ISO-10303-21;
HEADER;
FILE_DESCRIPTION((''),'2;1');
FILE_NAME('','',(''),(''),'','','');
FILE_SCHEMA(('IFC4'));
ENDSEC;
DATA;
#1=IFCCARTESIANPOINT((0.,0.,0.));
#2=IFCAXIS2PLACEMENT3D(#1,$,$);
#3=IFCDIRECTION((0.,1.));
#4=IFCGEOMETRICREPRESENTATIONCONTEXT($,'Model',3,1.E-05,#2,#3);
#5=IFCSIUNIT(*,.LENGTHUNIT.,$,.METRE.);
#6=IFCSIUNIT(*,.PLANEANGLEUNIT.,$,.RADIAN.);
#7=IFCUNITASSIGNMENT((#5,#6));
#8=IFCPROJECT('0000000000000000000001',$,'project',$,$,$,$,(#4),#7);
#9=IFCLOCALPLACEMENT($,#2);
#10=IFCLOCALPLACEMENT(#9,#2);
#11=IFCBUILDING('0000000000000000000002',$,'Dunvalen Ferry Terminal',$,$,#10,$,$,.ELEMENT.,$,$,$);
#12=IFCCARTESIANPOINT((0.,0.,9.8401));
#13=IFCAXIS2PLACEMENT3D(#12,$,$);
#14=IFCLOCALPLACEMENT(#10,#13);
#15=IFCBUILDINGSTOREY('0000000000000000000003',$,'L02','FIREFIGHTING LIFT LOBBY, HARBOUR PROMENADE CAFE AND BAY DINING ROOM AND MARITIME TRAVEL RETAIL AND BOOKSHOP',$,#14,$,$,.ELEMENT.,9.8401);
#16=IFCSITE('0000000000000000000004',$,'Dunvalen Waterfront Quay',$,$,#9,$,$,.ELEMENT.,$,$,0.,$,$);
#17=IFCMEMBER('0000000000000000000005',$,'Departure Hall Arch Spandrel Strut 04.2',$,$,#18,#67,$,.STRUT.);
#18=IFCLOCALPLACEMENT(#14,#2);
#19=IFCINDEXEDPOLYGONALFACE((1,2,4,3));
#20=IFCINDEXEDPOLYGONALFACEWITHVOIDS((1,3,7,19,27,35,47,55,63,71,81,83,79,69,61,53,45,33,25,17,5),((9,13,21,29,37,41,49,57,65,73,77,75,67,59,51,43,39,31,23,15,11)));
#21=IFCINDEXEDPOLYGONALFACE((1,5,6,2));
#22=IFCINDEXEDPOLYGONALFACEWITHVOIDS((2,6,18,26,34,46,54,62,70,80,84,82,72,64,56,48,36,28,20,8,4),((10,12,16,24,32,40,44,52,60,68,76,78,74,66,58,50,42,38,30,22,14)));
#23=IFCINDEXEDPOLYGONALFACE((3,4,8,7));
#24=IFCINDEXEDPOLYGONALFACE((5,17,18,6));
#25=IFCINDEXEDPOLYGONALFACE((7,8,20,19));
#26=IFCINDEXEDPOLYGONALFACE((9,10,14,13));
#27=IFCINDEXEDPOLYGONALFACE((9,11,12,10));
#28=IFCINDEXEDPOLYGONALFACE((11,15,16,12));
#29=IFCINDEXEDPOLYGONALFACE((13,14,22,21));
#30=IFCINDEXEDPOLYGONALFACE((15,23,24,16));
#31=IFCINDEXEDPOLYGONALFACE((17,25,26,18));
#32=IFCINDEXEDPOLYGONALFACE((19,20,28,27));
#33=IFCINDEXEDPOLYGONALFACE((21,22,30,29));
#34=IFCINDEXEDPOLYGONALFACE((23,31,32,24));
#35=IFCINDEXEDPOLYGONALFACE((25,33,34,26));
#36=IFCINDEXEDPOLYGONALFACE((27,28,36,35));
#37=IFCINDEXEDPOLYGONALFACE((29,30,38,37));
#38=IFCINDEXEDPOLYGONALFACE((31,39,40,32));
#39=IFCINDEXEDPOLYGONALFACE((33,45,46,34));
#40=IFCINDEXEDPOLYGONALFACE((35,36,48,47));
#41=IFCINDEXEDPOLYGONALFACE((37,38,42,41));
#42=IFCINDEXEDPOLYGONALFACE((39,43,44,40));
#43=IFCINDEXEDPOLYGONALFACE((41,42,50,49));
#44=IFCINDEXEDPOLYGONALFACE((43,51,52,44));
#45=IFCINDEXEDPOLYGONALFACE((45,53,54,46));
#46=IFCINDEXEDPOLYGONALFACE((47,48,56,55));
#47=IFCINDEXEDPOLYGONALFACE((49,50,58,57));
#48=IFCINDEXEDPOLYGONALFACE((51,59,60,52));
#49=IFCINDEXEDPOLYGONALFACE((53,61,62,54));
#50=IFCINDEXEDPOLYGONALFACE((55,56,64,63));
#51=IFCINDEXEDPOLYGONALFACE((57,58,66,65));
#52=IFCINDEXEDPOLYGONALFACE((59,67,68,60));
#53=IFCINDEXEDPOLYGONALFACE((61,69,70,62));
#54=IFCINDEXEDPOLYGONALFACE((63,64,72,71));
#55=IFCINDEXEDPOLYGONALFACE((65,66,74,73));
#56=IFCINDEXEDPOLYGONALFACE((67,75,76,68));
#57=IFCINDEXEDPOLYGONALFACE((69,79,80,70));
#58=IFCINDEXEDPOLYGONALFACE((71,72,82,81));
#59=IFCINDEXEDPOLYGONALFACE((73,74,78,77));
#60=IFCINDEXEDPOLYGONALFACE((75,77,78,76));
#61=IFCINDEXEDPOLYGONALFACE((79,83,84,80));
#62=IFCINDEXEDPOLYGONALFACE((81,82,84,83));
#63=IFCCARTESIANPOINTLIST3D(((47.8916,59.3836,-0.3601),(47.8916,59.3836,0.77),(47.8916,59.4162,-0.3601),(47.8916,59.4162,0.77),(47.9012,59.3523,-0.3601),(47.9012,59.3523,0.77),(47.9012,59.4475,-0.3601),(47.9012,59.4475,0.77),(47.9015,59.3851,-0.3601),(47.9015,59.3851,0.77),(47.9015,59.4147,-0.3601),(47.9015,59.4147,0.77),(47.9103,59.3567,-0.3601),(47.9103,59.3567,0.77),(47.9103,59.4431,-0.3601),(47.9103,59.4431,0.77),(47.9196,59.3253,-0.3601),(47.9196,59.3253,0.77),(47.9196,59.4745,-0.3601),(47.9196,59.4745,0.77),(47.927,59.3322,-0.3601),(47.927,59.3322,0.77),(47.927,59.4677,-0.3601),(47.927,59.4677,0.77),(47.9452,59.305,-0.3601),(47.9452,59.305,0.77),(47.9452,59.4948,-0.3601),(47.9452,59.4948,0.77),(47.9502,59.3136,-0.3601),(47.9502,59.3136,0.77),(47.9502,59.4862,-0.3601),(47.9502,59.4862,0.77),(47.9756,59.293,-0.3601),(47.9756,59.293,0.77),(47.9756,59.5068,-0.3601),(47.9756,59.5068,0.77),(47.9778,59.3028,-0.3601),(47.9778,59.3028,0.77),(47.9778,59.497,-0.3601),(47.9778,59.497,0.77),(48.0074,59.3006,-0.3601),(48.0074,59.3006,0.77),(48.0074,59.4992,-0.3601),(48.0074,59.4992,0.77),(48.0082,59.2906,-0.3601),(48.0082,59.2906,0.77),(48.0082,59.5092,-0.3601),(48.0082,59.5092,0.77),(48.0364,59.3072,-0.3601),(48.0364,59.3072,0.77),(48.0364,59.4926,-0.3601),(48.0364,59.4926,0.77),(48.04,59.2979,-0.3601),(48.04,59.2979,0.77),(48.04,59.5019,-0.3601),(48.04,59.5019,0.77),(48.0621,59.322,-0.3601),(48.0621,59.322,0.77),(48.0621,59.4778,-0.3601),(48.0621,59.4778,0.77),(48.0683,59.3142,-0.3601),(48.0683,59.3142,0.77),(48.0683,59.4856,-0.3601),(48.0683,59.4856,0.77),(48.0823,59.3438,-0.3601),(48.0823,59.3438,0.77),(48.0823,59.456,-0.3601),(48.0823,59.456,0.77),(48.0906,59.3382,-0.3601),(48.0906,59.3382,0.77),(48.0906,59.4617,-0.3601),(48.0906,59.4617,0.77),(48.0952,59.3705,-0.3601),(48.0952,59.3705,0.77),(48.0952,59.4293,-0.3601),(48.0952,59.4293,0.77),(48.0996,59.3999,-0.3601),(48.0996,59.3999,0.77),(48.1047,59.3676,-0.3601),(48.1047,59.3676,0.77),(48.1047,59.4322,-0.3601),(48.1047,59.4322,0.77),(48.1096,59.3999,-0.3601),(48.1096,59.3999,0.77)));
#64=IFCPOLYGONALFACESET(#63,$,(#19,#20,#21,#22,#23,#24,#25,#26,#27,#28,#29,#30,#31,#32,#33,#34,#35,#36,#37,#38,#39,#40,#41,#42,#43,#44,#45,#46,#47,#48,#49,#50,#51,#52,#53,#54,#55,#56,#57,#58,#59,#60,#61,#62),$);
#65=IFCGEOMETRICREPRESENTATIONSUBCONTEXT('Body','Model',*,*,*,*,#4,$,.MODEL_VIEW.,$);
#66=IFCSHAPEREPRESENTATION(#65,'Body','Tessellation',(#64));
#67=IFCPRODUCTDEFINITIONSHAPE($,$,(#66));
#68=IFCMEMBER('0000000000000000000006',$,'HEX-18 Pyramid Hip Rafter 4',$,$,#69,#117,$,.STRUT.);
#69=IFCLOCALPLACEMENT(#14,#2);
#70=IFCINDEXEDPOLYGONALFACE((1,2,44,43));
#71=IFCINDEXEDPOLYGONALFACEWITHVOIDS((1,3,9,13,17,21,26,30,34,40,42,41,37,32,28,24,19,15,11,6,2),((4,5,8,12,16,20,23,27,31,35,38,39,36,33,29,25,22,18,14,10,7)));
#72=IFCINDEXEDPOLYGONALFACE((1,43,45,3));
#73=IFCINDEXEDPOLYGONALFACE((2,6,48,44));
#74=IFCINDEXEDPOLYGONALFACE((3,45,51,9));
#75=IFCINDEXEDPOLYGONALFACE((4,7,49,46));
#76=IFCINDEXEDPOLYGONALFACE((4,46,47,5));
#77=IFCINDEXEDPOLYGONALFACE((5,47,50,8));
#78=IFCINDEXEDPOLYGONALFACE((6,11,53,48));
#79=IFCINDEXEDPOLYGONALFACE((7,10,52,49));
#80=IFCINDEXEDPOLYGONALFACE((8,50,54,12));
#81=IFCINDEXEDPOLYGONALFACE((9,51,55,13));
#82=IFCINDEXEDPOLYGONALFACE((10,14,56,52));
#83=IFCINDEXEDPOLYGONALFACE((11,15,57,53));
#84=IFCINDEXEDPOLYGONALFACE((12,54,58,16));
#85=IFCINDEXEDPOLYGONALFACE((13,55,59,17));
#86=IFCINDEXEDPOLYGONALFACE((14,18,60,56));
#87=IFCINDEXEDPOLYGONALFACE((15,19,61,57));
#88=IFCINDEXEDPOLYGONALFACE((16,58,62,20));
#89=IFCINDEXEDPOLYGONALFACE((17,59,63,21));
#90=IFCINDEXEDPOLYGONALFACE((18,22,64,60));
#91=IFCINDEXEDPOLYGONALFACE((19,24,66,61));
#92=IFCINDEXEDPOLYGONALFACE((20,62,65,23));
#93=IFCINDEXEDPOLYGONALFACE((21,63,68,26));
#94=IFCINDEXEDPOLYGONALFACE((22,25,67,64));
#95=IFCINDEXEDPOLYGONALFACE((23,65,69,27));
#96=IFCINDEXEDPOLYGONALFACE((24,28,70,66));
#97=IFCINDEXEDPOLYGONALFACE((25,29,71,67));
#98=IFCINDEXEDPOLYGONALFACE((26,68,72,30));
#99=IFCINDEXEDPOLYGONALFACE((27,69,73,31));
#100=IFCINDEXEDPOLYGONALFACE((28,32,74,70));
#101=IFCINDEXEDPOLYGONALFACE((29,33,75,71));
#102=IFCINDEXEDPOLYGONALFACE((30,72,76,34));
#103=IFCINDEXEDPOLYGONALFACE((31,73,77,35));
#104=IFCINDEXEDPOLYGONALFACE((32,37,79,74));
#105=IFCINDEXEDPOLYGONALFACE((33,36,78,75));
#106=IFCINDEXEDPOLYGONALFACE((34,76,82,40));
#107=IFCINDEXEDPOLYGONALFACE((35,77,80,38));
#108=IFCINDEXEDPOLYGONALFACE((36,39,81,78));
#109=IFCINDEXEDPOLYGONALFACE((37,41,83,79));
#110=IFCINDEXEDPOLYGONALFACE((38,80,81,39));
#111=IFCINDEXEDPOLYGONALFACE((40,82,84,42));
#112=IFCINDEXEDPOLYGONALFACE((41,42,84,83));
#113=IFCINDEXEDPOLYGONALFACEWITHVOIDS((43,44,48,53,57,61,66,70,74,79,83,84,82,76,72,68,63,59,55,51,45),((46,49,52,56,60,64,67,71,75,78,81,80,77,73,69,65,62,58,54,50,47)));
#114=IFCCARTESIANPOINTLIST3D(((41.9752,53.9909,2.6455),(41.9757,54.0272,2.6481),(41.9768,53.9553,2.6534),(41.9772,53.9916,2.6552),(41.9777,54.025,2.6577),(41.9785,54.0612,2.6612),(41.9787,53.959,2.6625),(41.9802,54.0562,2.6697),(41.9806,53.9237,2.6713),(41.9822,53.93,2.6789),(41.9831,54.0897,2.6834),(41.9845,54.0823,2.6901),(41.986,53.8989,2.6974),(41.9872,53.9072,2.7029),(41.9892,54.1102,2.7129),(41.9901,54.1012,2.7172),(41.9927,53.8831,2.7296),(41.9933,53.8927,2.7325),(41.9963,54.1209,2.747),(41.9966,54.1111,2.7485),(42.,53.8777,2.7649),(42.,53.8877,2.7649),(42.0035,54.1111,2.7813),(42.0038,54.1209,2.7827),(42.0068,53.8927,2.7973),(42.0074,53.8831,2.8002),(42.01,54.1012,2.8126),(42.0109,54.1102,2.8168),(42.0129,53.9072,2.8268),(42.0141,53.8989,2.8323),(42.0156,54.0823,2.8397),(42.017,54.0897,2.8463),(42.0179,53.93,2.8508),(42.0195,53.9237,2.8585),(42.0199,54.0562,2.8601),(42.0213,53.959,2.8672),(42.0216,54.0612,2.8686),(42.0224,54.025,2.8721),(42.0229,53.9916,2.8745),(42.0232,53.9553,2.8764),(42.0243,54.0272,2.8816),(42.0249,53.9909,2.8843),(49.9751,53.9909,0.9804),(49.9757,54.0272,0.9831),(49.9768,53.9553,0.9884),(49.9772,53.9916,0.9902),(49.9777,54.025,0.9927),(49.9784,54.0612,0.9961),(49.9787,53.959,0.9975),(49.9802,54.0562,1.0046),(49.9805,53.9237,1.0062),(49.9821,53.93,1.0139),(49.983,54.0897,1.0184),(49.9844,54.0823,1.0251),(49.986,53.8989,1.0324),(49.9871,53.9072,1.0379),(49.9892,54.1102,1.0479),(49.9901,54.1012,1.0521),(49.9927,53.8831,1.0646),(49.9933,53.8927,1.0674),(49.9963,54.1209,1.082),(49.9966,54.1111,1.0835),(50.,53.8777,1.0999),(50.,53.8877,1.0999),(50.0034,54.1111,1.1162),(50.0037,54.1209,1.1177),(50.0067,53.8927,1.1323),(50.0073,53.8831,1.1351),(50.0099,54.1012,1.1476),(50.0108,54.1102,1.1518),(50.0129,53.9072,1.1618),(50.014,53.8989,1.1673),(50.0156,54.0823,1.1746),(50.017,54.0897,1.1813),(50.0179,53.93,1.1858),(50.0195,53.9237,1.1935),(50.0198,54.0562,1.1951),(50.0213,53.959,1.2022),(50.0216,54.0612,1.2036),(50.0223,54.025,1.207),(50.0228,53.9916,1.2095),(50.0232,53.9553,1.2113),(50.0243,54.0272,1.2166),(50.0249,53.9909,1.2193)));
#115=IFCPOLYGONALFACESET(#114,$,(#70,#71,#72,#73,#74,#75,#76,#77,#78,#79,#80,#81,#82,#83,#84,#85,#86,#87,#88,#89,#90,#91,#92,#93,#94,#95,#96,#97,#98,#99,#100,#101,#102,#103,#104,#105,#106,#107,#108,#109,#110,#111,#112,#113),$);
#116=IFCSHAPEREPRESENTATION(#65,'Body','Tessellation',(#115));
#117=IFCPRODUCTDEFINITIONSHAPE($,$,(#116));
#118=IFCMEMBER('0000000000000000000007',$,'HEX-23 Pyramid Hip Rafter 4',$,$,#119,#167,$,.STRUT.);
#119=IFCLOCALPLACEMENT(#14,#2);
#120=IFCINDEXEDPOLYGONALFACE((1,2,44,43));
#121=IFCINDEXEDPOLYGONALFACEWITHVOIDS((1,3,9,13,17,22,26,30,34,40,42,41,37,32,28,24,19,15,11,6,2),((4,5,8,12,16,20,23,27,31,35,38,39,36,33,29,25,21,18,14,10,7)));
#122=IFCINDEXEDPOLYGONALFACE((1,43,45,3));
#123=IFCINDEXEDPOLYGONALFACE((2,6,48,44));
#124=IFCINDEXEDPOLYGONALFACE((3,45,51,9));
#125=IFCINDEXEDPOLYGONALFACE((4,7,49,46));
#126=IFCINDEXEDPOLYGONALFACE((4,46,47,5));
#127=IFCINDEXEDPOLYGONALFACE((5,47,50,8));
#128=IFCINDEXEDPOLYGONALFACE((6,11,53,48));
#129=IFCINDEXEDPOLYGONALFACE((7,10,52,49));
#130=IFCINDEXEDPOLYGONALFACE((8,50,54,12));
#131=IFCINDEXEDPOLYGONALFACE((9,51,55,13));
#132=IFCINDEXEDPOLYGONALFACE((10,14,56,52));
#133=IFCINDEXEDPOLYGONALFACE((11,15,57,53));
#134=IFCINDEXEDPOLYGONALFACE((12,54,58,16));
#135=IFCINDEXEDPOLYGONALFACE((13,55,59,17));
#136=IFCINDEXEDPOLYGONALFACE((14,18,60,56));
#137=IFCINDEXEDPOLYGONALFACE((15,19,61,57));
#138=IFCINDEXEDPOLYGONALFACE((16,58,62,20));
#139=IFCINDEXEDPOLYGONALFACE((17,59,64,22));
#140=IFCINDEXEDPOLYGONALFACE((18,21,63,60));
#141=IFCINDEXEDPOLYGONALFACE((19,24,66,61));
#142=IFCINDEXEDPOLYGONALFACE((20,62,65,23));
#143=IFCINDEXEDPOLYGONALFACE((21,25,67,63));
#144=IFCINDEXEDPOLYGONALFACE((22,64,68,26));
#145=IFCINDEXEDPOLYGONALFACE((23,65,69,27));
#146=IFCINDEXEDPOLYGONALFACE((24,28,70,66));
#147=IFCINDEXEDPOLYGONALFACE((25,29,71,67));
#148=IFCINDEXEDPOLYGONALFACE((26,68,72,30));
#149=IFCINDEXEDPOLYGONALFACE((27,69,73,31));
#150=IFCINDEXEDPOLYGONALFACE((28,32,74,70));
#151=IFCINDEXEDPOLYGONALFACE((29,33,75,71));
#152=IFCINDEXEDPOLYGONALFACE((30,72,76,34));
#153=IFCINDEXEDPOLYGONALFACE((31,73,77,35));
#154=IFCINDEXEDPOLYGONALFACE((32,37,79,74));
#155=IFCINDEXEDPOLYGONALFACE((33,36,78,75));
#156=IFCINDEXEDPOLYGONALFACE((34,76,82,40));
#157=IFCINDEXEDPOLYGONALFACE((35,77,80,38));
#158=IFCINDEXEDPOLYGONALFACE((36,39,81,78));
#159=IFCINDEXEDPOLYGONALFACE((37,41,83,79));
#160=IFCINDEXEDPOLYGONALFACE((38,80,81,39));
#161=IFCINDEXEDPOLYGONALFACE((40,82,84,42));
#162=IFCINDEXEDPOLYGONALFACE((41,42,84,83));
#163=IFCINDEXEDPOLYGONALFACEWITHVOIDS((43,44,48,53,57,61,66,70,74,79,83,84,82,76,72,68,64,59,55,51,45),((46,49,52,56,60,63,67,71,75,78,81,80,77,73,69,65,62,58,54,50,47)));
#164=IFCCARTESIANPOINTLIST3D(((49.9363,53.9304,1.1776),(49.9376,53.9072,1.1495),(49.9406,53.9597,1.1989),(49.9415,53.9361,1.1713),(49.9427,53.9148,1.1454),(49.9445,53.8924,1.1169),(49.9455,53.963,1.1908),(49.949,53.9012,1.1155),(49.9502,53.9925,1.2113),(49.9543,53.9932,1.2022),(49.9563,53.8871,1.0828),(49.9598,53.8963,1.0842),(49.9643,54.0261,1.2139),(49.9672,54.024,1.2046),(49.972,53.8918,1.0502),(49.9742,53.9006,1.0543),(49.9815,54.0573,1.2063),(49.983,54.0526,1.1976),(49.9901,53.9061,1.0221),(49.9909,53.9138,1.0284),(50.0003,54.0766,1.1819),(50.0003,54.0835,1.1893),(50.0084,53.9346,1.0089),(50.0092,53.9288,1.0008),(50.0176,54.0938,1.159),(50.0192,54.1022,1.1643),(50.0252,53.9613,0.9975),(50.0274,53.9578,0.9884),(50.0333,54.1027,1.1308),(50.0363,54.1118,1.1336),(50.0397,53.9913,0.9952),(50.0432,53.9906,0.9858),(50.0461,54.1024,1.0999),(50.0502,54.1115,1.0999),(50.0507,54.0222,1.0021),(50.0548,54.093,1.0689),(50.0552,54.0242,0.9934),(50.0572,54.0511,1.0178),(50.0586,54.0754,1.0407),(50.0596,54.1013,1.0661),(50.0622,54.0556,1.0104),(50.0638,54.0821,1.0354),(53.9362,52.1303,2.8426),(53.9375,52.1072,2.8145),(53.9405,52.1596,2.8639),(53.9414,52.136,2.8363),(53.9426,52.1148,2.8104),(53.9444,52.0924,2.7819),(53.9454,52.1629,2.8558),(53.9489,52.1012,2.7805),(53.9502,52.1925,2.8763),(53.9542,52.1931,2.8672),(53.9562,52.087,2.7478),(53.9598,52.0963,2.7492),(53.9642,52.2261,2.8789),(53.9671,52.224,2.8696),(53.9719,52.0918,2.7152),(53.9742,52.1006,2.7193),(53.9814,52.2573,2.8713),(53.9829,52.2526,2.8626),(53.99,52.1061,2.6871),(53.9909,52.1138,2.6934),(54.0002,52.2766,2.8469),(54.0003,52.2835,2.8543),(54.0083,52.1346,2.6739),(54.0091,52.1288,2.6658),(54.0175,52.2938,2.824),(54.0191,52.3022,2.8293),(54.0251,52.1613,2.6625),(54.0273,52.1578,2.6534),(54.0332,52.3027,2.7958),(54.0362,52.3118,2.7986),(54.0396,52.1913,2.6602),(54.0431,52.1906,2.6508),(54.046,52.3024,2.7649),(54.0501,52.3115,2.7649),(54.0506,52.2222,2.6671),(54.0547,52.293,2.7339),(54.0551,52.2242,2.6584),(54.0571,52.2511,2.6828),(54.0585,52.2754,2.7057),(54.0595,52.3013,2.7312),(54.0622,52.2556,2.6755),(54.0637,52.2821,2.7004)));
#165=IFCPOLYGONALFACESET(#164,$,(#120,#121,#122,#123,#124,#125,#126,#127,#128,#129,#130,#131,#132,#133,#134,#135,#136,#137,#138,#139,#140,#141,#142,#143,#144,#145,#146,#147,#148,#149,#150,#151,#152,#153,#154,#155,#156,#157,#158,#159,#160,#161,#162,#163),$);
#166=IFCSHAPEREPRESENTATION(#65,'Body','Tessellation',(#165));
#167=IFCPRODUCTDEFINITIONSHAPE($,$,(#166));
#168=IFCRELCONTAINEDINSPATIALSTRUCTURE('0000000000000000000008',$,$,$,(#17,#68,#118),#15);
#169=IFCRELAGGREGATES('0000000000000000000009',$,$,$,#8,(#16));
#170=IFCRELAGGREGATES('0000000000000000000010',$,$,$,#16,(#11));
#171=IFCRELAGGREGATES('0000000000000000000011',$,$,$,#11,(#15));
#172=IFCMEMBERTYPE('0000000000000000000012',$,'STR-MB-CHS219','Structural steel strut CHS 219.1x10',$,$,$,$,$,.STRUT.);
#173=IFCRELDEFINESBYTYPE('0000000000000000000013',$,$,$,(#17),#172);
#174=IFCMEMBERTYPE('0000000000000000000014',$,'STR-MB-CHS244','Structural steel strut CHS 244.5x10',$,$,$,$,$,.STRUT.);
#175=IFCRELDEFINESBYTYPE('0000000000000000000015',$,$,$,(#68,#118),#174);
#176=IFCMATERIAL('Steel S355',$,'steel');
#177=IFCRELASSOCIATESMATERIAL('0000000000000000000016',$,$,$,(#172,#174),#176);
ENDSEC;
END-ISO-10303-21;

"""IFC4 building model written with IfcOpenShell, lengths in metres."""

from ifc_helpers import new_model, si_unit, direction, frame, origin, origin_2d, place, context, subcontext, project, spatial, hollow_circle, extrude, material, material_profile, profile_set, type_object, element, save


model = new_model("IFC4")

# Units and contexts
model_context = context("Model", 3, precision=1e-05, world=origin(), true_north=direction((0.0, 1.0)))
body_context = subcontext(model_context, "Body", "Model", "MODEL_VIEW")
ifc_project = project(units=[si_unit("LENGTHUNIT", "METRE"), si_unit("PLANEANGLEUNIT", "RADIAN")], contexts=[model_context])

# Site, building, storey
site_placement = place(None, origin())
site = spatial("IfcSite", under=ifc_project, at=site_placement, Name="Dunvalen Waterfront Quay", CompositionType="ELEMENT", RefElevation=0.0)
building_placement = place(site_placement, origin())
building = spatial("IfcBuilding", under=site, at=building_placement, Name="Dunvalen Ferry Terminal", CompositionType="ELEMENT")
storey_placement = place(building_placement, frame((0.0, 0.0, 9.8401)))
storey = spatial("IfcBuildingStorey", under=building, at=storey_placement, Name="L02", Description="FIREFIGHTING LIFT LOBBY, HARBOUR PROMENADE CAFE AND BAY DINING ROOM AND MARITIME TRAVEL RETAIL AND BOOKSHOP", CompositionType="ELEMENT", Elevation=9.8401)

# Shared definitions
ifc_material_1 = material(Name="Steel S355", Category="steel")

# Members
ifc_material_profile_1 = material_profile(ifc_material_1, hollow_circle(Radius=0.1096, WallThickness=0.01, at=origin_2d()), Name="Steel S355")
ifc_profile_set_1 = profile_set([ifc_material_profile_1], Name="Steel S355")
member_type_1 = type_object("IfcMemberType", Name="STR-MB-CHS219", Description="Structural steel strut CHS 219.1x10", PredefinedType="STRUT", material=ifc_profile_set_1)
member_1_placement = place(storey_placement, frame((48.0, 59.3999, -0.3601), z_axis=(0.0, 0.0, 1.0), x_axis=(1.0, 0.0, 0.0)))
element("IfcMember", 1, at=member_1_placement, inside=storey, type_object=member_type_1, Name="Departure Hall Arch Spandrel Strut 04.2", PredefinedType="STRUT", context=body_context, shape_type="SweptSolid", body=[
    extrude(hollow_circle(Radius=0.1096, WallThickness=0.01, at=origin_2d()), origin(), (0.0, 0.0, 1.0), 1.1301),
])
ifc_material_profile_2 = material_profile(ifc_material_1, hollow_circle(Radius=0.1223, WallThickness=0.01, at=origin_2d()), Name="Steel S355")
ifc_profile_set_2 = profile_set([ifc_material_profile_2], Name="Steel S355")
member_type_2 = type_object("IfcMemberType", Name="STR-MB-CHS244", Description="Structural steel strut CHS 244.5x10", PredefinedType="STRUT", material=ifc_profile_set_2)
member_2_placement = place(storey_placement, frame((50.0, 54.0, 1.0999), z_axis=(-0.97902, 0.0, 0.203763), x_axis=(0.0, -1.0, 0.0)))
element("IfcMember", 2, at=member_2_placement, inside=storey, type_object=member_type_2, Name="HEX-18 Pyramid Hip Rafter 4", PredefinedType="STRUT", context=body_context, shape_type="SweptSolid", body=[
    extrude(hollow_circle(Radius=0.1223, WallThickness=0.01, at=origin_2d()), origin(), (0.0, 0.0, 1.0), 8.1714),
])
member_3_placement = place(storey_placement, frame((50.0, 54.0, 1.0999), z_axis=(0.85256, -0.383662, 0.354886), x_axis=(0.410374, 0.911917, 0.0)))
element("IfcMember", 3, at=member_3_placement, inside=storey, type_object=member_type_2, Name="HEX-23 Pyramid Hip Rafter 4", PredefinedType="STRUT", context=body_context, shape_type="SweptSolid", body=[
    extrude(hollow_circle(Radius=0.1223, WallThickness=0.01, at=origin_2d()), origin(), (0.0, 0.0, 1.0), 4.6917),
])

save(model, "model.ifc")
